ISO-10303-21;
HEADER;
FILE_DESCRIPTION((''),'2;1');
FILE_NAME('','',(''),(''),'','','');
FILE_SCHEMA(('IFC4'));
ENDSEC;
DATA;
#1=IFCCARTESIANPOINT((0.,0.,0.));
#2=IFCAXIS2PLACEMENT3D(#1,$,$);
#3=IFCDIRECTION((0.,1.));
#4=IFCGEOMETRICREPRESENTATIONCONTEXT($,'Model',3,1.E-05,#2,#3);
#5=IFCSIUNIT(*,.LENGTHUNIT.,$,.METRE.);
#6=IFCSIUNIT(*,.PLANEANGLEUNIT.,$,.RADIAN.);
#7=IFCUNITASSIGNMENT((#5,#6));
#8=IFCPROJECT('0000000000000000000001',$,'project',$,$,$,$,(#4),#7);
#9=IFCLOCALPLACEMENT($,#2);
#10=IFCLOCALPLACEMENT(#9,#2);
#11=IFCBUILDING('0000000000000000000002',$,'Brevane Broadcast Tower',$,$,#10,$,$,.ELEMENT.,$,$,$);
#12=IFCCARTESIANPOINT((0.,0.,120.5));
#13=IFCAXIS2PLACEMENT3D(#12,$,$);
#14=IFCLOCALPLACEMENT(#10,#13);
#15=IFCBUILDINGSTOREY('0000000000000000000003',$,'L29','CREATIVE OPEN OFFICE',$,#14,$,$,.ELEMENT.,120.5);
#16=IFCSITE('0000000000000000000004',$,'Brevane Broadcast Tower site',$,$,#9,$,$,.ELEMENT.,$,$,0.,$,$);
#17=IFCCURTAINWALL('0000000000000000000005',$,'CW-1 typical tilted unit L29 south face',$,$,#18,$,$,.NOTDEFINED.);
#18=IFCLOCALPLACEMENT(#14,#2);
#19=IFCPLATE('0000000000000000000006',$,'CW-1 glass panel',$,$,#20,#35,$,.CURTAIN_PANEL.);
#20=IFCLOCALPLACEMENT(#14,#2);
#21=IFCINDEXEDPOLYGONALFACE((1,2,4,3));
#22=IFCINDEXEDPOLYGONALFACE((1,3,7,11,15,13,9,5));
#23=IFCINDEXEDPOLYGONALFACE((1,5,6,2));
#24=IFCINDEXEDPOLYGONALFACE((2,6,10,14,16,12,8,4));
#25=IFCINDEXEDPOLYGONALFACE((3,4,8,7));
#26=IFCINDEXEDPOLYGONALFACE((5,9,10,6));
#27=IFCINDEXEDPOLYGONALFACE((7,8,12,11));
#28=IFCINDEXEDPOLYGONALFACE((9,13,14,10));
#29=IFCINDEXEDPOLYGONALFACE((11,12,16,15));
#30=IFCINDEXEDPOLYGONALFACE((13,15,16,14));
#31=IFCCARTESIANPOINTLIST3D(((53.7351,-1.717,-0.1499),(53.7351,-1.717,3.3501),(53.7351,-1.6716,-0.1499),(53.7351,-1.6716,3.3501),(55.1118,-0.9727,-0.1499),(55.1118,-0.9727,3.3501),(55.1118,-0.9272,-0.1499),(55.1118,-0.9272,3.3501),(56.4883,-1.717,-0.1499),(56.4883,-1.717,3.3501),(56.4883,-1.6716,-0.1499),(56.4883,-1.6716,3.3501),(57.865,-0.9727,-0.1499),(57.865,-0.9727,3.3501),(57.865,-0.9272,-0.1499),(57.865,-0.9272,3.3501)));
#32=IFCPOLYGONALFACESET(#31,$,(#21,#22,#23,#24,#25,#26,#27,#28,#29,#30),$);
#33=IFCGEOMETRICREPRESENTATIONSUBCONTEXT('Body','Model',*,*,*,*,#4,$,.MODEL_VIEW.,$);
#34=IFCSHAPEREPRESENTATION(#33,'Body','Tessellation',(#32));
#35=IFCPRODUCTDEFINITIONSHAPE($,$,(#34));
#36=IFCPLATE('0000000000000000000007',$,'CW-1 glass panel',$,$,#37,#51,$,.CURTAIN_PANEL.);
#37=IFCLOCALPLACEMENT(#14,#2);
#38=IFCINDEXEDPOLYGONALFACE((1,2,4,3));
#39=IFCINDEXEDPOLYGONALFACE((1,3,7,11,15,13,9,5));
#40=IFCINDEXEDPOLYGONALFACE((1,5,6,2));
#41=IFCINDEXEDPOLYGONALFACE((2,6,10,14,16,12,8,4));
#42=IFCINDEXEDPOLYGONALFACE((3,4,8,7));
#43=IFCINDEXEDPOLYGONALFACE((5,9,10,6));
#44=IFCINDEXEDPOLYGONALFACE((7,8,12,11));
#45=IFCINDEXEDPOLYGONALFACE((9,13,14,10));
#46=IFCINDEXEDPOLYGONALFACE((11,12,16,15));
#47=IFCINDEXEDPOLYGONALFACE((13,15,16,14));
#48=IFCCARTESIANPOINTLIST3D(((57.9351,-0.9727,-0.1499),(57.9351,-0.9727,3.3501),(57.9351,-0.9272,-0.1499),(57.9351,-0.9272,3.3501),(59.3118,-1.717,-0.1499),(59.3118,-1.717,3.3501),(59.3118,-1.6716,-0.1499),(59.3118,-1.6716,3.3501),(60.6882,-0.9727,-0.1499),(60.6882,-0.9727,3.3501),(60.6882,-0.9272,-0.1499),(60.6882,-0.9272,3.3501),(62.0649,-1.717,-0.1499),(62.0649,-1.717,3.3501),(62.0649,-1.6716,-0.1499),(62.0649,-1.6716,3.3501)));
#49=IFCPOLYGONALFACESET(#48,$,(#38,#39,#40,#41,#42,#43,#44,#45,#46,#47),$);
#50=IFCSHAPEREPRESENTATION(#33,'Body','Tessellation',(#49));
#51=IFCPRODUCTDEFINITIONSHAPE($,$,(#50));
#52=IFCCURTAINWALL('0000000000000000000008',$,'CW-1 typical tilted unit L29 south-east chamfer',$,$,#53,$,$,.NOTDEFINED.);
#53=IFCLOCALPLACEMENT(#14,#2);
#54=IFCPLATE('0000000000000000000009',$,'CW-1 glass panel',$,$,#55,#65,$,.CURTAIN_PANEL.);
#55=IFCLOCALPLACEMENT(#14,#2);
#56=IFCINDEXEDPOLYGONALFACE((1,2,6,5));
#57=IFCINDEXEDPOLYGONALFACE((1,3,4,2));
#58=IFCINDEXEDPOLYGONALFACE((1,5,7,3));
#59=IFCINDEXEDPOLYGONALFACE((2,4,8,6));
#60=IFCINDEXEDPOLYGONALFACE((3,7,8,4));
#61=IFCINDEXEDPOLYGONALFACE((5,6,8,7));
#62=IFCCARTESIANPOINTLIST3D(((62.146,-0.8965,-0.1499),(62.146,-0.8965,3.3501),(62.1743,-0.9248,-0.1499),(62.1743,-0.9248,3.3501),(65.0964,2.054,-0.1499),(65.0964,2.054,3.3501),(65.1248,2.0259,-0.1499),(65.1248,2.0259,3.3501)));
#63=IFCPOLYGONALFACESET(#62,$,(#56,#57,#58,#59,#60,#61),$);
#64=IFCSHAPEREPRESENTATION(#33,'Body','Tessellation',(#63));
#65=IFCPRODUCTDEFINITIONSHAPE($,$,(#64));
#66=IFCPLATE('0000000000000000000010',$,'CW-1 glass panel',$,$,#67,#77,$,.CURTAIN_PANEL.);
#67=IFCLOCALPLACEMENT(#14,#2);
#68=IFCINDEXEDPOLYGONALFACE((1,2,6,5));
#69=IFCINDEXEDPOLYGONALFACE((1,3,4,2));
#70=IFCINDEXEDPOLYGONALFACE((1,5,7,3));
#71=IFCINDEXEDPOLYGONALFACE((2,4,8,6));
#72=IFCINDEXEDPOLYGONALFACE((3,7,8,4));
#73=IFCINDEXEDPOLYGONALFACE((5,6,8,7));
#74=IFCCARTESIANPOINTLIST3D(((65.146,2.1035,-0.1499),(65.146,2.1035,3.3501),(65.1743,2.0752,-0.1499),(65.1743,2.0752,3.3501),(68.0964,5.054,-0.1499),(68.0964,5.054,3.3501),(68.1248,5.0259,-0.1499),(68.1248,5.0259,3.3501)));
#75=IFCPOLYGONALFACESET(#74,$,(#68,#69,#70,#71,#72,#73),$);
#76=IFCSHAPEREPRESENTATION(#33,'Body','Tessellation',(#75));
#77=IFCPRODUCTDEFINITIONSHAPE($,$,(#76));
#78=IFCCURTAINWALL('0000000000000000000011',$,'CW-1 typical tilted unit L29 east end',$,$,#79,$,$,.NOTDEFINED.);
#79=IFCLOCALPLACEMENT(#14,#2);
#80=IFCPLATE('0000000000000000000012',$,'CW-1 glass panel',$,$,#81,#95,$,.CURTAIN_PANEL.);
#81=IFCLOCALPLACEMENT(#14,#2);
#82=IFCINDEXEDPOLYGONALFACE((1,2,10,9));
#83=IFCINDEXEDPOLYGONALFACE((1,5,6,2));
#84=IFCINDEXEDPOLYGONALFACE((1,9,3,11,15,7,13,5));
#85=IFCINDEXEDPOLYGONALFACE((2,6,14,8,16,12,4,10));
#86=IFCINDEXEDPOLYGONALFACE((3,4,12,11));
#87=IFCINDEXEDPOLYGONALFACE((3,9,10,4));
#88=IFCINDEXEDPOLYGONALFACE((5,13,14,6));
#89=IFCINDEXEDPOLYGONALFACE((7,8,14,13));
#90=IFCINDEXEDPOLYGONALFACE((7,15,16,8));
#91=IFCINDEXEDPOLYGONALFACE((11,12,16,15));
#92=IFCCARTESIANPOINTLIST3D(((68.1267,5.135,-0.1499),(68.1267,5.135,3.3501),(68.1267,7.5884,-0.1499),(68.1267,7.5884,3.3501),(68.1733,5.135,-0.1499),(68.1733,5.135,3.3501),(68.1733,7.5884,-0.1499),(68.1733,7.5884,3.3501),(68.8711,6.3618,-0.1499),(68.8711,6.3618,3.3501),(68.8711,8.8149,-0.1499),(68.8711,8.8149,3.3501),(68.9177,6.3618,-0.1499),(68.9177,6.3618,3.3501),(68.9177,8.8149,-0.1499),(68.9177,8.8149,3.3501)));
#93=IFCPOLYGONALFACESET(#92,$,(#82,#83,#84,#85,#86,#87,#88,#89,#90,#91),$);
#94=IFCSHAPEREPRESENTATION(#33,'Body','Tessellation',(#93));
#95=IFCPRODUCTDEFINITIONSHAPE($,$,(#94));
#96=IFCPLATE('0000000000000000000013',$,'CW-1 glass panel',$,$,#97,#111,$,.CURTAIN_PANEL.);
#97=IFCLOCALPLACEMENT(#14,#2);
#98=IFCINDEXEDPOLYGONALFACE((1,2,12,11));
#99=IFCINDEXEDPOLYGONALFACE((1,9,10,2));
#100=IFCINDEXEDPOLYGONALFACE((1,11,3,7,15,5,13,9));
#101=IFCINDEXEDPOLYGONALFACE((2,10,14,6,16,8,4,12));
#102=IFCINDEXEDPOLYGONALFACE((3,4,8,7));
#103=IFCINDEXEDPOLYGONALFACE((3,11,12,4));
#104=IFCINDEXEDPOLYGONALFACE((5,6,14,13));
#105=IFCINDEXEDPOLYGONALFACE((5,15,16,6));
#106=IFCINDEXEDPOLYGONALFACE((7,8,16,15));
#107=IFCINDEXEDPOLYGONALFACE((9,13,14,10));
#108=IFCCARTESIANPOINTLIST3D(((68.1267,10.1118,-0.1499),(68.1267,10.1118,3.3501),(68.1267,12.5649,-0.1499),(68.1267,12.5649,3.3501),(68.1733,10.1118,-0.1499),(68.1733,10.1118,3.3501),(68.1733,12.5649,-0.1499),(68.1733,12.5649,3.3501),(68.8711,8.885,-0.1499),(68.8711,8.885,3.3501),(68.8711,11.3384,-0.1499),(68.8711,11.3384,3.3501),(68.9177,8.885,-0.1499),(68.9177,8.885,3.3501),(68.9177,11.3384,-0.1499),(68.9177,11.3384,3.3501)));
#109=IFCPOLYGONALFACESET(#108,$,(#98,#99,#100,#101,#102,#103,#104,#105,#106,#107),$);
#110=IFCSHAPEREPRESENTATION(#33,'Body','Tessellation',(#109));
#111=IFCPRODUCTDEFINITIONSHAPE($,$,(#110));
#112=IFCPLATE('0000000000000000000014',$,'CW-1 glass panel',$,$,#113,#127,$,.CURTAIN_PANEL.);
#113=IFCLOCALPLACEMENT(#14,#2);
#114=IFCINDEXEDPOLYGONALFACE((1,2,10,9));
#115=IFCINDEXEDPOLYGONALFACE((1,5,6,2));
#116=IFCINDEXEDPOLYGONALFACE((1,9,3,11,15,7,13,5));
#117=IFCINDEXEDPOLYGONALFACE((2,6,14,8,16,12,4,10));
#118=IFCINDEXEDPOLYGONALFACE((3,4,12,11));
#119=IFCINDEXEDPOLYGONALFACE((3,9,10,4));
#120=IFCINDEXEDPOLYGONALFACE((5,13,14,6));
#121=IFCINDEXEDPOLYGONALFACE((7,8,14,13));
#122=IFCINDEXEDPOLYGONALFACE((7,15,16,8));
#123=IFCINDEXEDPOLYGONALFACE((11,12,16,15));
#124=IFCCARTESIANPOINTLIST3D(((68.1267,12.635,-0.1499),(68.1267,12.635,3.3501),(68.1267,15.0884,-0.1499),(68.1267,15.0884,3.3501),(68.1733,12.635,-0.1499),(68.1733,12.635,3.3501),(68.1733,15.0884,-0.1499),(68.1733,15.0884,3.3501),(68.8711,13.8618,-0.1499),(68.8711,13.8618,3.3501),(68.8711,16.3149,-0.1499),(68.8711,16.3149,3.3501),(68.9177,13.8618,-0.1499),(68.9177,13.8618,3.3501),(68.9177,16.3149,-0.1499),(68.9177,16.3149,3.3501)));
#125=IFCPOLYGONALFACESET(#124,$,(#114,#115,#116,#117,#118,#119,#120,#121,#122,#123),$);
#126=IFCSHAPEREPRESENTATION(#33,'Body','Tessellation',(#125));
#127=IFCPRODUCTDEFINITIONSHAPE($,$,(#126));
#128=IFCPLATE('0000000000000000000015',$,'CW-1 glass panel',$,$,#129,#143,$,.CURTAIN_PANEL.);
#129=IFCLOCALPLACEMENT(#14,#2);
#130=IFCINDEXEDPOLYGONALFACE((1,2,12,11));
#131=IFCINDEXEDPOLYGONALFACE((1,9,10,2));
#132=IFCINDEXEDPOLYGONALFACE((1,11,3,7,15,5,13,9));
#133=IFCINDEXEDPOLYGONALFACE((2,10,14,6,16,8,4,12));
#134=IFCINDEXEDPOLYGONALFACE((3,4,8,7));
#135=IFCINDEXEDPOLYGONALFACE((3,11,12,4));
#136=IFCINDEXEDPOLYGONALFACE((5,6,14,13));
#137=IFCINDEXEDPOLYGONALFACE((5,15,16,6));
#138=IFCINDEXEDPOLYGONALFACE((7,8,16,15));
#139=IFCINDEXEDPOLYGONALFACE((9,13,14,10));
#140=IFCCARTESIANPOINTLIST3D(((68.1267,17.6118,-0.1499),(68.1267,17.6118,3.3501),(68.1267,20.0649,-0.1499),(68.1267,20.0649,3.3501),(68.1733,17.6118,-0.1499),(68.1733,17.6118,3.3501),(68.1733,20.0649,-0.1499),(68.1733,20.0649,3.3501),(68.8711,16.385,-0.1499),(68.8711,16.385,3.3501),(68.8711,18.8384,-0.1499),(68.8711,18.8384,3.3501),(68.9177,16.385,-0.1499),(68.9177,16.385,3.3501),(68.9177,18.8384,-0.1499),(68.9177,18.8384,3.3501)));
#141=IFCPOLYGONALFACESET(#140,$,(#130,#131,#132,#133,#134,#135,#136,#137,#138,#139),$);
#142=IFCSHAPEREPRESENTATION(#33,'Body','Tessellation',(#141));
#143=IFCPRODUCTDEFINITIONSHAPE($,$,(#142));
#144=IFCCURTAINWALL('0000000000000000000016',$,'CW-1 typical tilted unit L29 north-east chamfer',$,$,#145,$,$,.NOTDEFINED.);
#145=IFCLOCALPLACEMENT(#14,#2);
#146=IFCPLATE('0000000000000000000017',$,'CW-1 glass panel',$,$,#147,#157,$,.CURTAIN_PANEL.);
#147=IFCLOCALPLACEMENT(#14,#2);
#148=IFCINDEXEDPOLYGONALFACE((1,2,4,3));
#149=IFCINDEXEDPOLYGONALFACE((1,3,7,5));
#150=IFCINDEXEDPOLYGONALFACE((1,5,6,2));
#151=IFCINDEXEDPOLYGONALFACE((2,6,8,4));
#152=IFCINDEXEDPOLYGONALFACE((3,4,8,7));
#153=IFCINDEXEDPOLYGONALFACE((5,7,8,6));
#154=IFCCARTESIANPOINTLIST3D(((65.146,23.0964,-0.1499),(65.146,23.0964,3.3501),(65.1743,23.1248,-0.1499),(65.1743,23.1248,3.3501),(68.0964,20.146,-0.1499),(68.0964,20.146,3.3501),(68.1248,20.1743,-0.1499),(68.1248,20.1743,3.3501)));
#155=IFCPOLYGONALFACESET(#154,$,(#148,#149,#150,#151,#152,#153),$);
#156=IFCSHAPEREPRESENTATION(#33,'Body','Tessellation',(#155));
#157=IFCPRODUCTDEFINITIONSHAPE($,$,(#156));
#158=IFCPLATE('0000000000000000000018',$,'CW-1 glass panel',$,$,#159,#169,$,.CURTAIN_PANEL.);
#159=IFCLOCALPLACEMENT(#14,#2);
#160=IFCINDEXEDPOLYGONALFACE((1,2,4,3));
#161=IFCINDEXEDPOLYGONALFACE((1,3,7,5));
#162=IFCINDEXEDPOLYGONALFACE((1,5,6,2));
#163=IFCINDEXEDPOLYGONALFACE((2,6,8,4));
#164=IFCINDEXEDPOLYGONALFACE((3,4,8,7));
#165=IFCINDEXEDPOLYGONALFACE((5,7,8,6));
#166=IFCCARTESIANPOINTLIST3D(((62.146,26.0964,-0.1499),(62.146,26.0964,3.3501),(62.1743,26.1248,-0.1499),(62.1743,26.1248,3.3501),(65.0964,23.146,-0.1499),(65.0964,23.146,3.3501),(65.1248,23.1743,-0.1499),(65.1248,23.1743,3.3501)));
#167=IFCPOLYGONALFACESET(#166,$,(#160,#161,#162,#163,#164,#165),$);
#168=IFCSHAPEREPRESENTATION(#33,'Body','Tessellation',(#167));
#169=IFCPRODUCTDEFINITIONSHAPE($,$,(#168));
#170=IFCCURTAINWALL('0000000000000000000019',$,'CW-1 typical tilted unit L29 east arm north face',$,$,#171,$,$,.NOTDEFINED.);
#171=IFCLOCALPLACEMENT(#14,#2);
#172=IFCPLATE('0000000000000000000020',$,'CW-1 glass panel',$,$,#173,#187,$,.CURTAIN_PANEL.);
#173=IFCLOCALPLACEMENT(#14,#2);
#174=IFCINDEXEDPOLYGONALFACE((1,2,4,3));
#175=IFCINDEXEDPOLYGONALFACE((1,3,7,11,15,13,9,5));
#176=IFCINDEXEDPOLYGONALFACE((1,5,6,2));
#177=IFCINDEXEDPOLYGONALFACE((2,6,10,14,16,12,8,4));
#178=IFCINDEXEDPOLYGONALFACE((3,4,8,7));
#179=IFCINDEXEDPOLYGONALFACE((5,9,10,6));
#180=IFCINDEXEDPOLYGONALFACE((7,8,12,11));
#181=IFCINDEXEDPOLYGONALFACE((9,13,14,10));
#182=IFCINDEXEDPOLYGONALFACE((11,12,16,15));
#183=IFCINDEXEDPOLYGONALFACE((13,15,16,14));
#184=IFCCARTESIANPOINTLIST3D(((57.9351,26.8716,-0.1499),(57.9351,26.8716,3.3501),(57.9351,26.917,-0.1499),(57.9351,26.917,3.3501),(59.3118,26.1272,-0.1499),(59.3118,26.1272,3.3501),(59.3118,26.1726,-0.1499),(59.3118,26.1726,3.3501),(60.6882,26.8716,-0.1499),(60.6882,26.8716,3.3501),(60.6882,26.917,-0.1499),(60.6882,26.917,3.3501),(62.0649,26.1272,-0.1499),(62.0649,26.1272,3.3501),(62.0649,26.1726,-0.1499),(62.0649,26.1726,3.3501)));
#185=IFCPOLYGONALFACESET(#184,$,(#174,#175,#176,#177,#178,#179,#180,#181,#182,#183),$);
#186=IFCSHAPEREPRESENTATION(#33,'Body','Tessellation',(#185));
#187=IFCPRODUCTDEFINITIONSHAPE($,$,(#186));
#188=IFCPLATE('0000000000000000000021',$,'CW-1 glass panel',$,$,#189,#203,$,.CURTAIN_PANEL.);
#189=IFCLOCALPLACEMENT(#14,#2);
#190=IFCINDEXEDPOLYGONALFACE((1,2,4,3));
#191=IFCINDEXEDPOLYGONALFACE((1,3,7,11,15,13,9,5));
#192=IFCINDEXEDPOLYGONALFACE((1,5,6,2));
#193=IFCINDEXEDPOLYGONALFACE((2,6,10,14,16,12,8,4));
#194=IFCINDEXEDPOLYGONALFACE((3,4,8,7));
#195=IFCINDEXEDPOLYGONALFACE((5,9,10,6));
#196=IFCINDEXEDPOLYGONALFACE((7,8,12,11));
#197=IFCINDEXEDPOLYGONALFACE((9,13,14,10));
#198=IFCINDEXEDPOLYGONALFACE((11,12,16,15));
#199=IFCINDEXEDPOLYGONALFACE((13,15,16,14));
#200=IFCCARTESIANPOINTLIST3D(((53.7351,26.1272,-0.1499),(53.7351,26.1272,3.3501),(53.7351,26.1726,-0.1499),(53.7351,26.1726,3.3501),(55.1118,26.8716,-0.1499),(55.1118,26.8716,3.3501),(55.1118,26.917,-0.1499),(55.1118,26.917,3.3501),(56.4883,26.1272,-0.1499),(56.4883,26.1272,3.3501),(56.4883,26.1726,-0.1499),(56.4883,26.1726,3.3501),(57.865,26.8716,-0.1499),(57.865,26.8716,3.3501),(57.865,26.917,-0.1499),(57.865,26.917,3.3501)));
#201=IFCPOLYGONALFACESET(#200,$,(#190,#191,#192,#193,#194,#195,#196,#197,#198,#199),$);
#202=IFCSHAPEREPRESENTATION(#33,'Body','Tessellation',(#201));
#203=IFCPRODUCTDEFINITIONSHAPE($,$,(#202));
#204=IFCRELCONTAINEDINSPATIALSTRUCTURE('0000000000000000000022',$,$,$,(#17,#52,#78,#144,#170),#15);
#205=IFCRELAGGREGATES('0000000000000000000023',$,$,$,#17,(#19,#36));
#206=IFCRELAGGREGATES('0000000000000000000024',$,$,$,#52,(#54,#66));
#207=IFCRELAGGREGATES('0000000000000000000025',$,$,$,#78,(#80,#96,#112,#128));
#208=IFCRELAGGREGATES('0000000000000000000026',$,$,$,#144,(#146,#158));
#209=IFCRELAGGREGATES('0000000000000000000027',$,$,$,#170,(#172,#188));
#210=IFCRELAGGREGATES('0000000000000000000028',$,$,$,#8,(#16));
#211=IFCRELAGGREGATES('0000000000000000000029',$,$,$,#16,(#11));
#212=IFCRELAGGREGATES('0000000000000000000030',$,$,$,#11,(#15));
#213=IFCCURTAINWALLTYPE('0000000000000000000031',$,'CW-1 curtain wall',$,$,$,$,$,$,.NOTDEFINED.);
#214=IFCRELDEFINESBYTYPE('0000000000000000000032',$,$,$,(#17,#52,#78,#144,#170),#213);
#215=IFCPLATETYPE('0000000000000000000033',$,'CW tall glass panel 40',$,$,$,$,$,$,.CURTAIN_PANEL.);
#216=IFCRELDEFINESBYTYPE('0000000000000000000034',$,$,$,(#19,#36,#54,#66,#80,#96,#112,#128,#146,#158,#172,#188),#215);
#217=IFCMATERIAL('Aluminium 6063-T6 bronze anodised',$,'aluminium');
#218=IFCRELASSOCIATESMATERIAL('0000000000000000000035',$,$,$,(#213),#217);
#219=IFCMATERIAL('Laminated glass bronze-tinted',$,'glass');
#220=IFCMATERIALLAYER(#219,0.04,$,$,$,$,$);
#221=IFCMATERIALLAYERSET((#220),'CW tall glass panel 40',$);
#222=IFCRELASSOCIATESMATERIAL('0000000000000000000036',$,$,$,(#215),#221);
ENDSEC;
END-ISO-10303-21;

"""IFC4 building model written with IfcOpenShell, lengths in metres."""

from ifc_helpers import new_model, si_unit, direction, frame, origin, place, context, subcontext, project, spatial, polyline, outline, extrude, material, layer, layer_set, type_object, element, aggregate, save


model = new_model("IFC4")

# Units and contexts
model_context = context("Model", 3, precision=1e-05, world=origin(), true_north=direction((0.0, 1.0)))
body_context = subcontext(model_context, "Body", "Model", "MODEL_VIEW")
ifc_project = project(units=[si_unit("LENGTHUNIT", "METRE"), si_unit("PLANEANGLEUNIT", "RADIAN")], contexts=[model_context])

# Site, building, storey
site_placement = place(None, origin())
site = spatial("IfcSite", under=ifc_project, at=site_placement, Name="Brevane Broadcast Tower site", CompositionType="ELEMENT", RefElevation=0.0)
building_placement = place(site_placement, origin())
building = spatial("IfcBuilding", under=site, at=building_placement, Name="Brevane Broadcast Tower", CompositionType="ELEMENT")
storey_placement = place(building_placement, frame((0.0, 0.0, 120.5)))
storey = spatial("IfcBuildingStorey", under=building, at=storey_placement, Name="L29", Description="CREATIVE OPEN OFFICE", CompositionType="ELEMENT", Elevation=120.5)

# Curtain walls, plates
ifc_material_1 = material(Name="Aluminium 6063-T6 bronze anodised", Category="aluminium")
curtain_wall_type = type_object("IfcCurtainWallType", Name="CW-1 curtain wall", PredefinedType="NOTDEFINED", material=ifc_material_1)
curtain_wall_1_placement = place(storey_placement, origin())
curtain_wall_1 = element("IfcCurtainWall", 1, at=curtain_wall_1_placement, inside=storey, type_object=curtain_wall_type, Name="CW-1 typical tilted unit L29 south face", PredefinedType="NOTDEFINED")
ifc_material_2 = material(Name="Laminated glass bronze-tinted", Category="glass")
ifc_layer = layer(ifc_material_2, 0.04)
ifc_layer_set = layer_set([ifc_layer], Name="CW tall glass panel 40")
plate_type = type_object("IfcPlateType", Name="CW tall glass panel 40", PredefinedType="CURTAIN_PANEL", material=ifc_layer_set)
plate_1_placement = place(storey_placement, frame((0.0, 0.0, -0.1499)))
plate_1 = element("IfcPlate", 2, at=plate_1_placement, type_object=plate_type, Name="CW-1 glass panel", PredefinedType="CURTAIN_PANEL", context=body_context, shape_type="SweptSolid", body=[
    extrude(outline(polyline([(53.7351, -1.6716), (53.7351, -1.717), (55.1118, -0.9727), (56.4883, -1.717), (57.865, -0.9727), (57.865, -0.9272), (56.4883, -1.6716), (55.1118, -0.9272), (53.7351, -1.6716)])), origin(), (0.0, 0.0, 1.0), 3.5),
])
plate_2_placement = place(storey_placement, frame((0.0, 0.0, -0.1499)))
plate_2 = element("IfcPlate", 3, at=plate_2_placement, type_object=plate_type, Name="CW-1 glass panel", PredefinedType="CURTAIN_PANEL", context=body_context, shape_type="SweptSolid", body=[
    extrude(outline(polyline([(57.9351, -0.9272), (57.9351, -0.9727), (59.3118, -1.717), (60.6882, -0.9727), (62.0649, -1.717), (62.0649, -1.6716), (60.6882, -0.9272), (59.3118, -1.6716), (57.9351, -0.9272)])), origin(), (0.0, 0.0, 1.0), 3.5),
])
aggregate(curtain_wall_1, [plate_1, plate_2])
curtain_wall_2_placement = place(storey_placement, origin())
curtain_wall_2 = element("IfcCurtainWall", 4, at=curtain_wall_2_placement, inside=storey, type_object=curtain_wall_type, Name="CW-1 typical tilted unit L29 south-east chamfer", PredefinedType="NOTDEFINED")
plate_3_placement = place(storey_placement, frame((0.0, 0.0, -0.1499)))
plate_3 = element("IfcPlate", 5, at=plate_3_placement, type_object=plate_type, Name="CW-1 glass panel", PredefinedType="CURTAIN_PANEL", context=body_context, shape_type="SweptSolid", body=[
    extrude(outline(polyline([(62.146, -0.8965), (65.0964, 2.054), (65.1248, 2.0259), (62.1743, -0.9248), (62.146, -0.8965)])), origin(), (0.0, 0.0, 1.0), 3.5),
])
plate_4_placement = place(storey_placement, frame((0.0, 0.0, -0.1499)))
plate_4 = element("IfcPlate", 6, at=plate_4_placement, type_object=plate_type, Name="CW-1 glass panel", PredefinedType="CURTAIN_PANEL", context=body_context, shape_type="SweptSolid", body=[
    extrude(outline(polyline([(65.146, 2.1035), (68.0964, 5.054), (68.1248, 5.0259), (65.1743, 2.0752), (65.146, 2.1035)])), origin(), (0.0, 0.0, 1.0), 3.5),
])
aggregate(curtain_wall_2, [plate_3, plate_4])
curtain_wall_3_placement = place(storey_placement, origin())
curtain_wall_3 = element("IfcCurtainWall", 7, at=curtain_wall_3_placement, inside=storey, type_object=curtain_wall_type, Name="CW-1 typical tilted unit L29 east end", PredefinedType="NOTDEFINED")
plate_5_placement = place(storey_placement, frame((0.0, 0.0, -0.1499)))
plate_5 = element("IfcPlate", 8, at=plate_5_placement, type_object=plate_type, Name="CW-1 glass panel", PredefinedType="CURTAIN_PANEL", context=body_context, shape_type="SweptSolid", body=[
    extrude(outline(polyline([(68.1267, 5.135), (68.1733, 5.135), (68.9177, 6.3618), (68.1733, 7.5884), (68.9177, 8.8149), (68.8711, 8.8149), (68.1267, 7.5884), (68.8711, 6.3618), (68.1267, 5.135)])), origin(), (0.0, 0.0, 1.0), 3.5),
])
plate_6_placement = place(storey_placement, frame((0.0, 0.0, -0.1499)))
plate_6 = element("IfcPlate", 9, at=plate_6_placement, type_object=plate_type, Name="CW-1 glass panel", PredefinedType="CURTAIN_PANEL", context=body_context, shape_type="SweptSolid", body=[
    extrude(outline(polyline([(68.8711, 8.885), (68.9177, 8.885), (68.1733, 10.1118), (68.9177, 11.3384), (68.1733, 12.5649), (68.1267, 12.5649), (68.8711, 11.3384), (68.1267, 10.1118), (68.8711, 8.885)])), origin(), (0.0, 0.0, 1.0), 3.5),
])
plate_7_placement = place(storey_placement, frame((0.0, 0.0, -0.1499)))
plate_7 = element("IfcPlate", 10, at=plate_7_placement, type_object=plate_type, Name="CW-1 glass panel", PredefinedType="CURTAIN_PANEL", context=body_context, shape_type="SweptSolid", body=[
    extrude(outline(polyline([(68.1267, 12.635), (68.1733, 12.635), (68.9177, 13.8618), (68.1733, 15.0884), (68.9177, 16.3149), (68.8711, 16.3149), (68.1267, 15.0884), (68.8711, 13.8618), (68.1267, 12.635)])), origin(), (0.0, 0.0, 1.0), 3.5),
])
plate_8_placement = place(storey_placement, frame((0.0, 0.0, -0.1499)))
plate_8 = element("IfcPlate", 11, at=plate_8_placement, type_object=plate_type, Name="CW-1 glass panel", PredefinedType="CURTAIN_PANEL", context=body_context, shape_type="SweptSolid", body=[
    extrude(outline(polyline([(68.8711, 16.385), (68.9177, 16.385), (68.1733, 17.6118), (68.9177, 18.8384), (68.1733, 20.0649), (68.1267, 20.0649), (68.8711, 18.8384), (68.1267, 17.6118), (68.8711, 16.385)])), origin(), (0.0, 0.0, 1.0), 3.5),
])
aggregate(curtain_wall_3, [plate_5, plate_6, plate_7, plate_8])
curtain_wall_4_placement = place(storey_placement, origin())
curtain_wall_4 = element("IfcCurtainWall", 12, at=curtain_wall_4_placement, inside=storey, type_object=curtain_wall_type, Name="CW-1 typical tilted unit L29 north-east chamfer", PredefinedType="NOTDEFINED")
plate_9_placement = place(storey_placement, frame((0.0, 0.0, -0.1499)))
plate_9 = element("IfcPlate", 13, at=plate_9_placement, type_object=plate_type, Name="CW-1 glass panel", PredefinedType="CURTAIN_PANEL", context=body_context, shape_type="SweptSolid", body=[
    extrude(outline(polyline([(68.0964, 20.146), (65.146, 23.0964), (65.1743, 23.1248), (68.1248, 20.1743), (68.0964, 20.146)])), origin(), (0.0, 0.0, 1.0), 3.5),
])
plate_10_placement = place(storey_placement, frame((0.0, 0.0, -0.1499)))
plate_10 = element("IfcPlate", 14, at=plate_10_placement, type_object=plate_type, Name="CW-1 glass panel", PredefinedType="CURTAIN_PANEL", context=body_context, shape_type="SweptSolid", body=[
    extrude(outline(polyline([(65.0964, 23.146), (62.146, 26.0964), (62.1743, 26.1248), (65.1248, 23.1743), (65.0964, 23.146)])), origin(), (0.0, 0.0, 1.0), 3.5),
])
aggregate(curtain_wall_4, [plate_9, plate_10])
curtain_wall_5_placement = place(storey_placement, origin())
curtain_wall_5 = element("IfcCurtainWall", 15, at=curtain_wall_5_placement, inside=storey, type_object=curtain_wall_type, Name="CW-1 typical tilted unit L29 east arm north face", PredefinedType="NOTDEFINED")
plate_11_placement = place(storey_placement, frame((0.0, 0.0, -0.1499)))
plate_11 = element("IfcPlate", 16, at=plate_11_placement, type_object=plate_type, Name="CW-1 glass panel", PredefinedType="CURTAIN_PANEL", context=body_context, shape_type="SweptSolid", body=[
    extrude(outline(polyline([(62.0649, 26.1272), (62.0649, 26.1726), (60.6882, 26.917), (59.3118, 26.1726), (57.9351, 26.917), (57.9351, 26.8716), (59.3118, 26.1272), (60.6882, 26.8716), (62.0649, 26.1272)])), origin(), (0.0, 0.0, 1.0), 3.5),
])
plate_12_placement = place(storey_placement, frame((0.0, 0.0, -0.1499)))
plate_12 = element("IfcPlate", 17, at=plate_12_placement, type_object=plate_type, Name="CW-1 glass panel", PredefinedType="CURTAIN_PANEL", context=body_context, shape_type="SweptSolid", body=[
    extrude(outline(polyline([(57.865, 26.8716), (57.865, 26.917), (56.4883, 26.1726), (55.1118, 26.917), (53.7351, 26.1726), (53.7351, 26.1272), (55.1118, 26.8716), (56.4883, 26.1272), (57.865, 26.8716)])), origin(), (0.0, 0.0, 1.0), 3.5),
])
aggregate(curtain_wall_5, [plate_11, plate_12])

save(model, "model.ifc")
